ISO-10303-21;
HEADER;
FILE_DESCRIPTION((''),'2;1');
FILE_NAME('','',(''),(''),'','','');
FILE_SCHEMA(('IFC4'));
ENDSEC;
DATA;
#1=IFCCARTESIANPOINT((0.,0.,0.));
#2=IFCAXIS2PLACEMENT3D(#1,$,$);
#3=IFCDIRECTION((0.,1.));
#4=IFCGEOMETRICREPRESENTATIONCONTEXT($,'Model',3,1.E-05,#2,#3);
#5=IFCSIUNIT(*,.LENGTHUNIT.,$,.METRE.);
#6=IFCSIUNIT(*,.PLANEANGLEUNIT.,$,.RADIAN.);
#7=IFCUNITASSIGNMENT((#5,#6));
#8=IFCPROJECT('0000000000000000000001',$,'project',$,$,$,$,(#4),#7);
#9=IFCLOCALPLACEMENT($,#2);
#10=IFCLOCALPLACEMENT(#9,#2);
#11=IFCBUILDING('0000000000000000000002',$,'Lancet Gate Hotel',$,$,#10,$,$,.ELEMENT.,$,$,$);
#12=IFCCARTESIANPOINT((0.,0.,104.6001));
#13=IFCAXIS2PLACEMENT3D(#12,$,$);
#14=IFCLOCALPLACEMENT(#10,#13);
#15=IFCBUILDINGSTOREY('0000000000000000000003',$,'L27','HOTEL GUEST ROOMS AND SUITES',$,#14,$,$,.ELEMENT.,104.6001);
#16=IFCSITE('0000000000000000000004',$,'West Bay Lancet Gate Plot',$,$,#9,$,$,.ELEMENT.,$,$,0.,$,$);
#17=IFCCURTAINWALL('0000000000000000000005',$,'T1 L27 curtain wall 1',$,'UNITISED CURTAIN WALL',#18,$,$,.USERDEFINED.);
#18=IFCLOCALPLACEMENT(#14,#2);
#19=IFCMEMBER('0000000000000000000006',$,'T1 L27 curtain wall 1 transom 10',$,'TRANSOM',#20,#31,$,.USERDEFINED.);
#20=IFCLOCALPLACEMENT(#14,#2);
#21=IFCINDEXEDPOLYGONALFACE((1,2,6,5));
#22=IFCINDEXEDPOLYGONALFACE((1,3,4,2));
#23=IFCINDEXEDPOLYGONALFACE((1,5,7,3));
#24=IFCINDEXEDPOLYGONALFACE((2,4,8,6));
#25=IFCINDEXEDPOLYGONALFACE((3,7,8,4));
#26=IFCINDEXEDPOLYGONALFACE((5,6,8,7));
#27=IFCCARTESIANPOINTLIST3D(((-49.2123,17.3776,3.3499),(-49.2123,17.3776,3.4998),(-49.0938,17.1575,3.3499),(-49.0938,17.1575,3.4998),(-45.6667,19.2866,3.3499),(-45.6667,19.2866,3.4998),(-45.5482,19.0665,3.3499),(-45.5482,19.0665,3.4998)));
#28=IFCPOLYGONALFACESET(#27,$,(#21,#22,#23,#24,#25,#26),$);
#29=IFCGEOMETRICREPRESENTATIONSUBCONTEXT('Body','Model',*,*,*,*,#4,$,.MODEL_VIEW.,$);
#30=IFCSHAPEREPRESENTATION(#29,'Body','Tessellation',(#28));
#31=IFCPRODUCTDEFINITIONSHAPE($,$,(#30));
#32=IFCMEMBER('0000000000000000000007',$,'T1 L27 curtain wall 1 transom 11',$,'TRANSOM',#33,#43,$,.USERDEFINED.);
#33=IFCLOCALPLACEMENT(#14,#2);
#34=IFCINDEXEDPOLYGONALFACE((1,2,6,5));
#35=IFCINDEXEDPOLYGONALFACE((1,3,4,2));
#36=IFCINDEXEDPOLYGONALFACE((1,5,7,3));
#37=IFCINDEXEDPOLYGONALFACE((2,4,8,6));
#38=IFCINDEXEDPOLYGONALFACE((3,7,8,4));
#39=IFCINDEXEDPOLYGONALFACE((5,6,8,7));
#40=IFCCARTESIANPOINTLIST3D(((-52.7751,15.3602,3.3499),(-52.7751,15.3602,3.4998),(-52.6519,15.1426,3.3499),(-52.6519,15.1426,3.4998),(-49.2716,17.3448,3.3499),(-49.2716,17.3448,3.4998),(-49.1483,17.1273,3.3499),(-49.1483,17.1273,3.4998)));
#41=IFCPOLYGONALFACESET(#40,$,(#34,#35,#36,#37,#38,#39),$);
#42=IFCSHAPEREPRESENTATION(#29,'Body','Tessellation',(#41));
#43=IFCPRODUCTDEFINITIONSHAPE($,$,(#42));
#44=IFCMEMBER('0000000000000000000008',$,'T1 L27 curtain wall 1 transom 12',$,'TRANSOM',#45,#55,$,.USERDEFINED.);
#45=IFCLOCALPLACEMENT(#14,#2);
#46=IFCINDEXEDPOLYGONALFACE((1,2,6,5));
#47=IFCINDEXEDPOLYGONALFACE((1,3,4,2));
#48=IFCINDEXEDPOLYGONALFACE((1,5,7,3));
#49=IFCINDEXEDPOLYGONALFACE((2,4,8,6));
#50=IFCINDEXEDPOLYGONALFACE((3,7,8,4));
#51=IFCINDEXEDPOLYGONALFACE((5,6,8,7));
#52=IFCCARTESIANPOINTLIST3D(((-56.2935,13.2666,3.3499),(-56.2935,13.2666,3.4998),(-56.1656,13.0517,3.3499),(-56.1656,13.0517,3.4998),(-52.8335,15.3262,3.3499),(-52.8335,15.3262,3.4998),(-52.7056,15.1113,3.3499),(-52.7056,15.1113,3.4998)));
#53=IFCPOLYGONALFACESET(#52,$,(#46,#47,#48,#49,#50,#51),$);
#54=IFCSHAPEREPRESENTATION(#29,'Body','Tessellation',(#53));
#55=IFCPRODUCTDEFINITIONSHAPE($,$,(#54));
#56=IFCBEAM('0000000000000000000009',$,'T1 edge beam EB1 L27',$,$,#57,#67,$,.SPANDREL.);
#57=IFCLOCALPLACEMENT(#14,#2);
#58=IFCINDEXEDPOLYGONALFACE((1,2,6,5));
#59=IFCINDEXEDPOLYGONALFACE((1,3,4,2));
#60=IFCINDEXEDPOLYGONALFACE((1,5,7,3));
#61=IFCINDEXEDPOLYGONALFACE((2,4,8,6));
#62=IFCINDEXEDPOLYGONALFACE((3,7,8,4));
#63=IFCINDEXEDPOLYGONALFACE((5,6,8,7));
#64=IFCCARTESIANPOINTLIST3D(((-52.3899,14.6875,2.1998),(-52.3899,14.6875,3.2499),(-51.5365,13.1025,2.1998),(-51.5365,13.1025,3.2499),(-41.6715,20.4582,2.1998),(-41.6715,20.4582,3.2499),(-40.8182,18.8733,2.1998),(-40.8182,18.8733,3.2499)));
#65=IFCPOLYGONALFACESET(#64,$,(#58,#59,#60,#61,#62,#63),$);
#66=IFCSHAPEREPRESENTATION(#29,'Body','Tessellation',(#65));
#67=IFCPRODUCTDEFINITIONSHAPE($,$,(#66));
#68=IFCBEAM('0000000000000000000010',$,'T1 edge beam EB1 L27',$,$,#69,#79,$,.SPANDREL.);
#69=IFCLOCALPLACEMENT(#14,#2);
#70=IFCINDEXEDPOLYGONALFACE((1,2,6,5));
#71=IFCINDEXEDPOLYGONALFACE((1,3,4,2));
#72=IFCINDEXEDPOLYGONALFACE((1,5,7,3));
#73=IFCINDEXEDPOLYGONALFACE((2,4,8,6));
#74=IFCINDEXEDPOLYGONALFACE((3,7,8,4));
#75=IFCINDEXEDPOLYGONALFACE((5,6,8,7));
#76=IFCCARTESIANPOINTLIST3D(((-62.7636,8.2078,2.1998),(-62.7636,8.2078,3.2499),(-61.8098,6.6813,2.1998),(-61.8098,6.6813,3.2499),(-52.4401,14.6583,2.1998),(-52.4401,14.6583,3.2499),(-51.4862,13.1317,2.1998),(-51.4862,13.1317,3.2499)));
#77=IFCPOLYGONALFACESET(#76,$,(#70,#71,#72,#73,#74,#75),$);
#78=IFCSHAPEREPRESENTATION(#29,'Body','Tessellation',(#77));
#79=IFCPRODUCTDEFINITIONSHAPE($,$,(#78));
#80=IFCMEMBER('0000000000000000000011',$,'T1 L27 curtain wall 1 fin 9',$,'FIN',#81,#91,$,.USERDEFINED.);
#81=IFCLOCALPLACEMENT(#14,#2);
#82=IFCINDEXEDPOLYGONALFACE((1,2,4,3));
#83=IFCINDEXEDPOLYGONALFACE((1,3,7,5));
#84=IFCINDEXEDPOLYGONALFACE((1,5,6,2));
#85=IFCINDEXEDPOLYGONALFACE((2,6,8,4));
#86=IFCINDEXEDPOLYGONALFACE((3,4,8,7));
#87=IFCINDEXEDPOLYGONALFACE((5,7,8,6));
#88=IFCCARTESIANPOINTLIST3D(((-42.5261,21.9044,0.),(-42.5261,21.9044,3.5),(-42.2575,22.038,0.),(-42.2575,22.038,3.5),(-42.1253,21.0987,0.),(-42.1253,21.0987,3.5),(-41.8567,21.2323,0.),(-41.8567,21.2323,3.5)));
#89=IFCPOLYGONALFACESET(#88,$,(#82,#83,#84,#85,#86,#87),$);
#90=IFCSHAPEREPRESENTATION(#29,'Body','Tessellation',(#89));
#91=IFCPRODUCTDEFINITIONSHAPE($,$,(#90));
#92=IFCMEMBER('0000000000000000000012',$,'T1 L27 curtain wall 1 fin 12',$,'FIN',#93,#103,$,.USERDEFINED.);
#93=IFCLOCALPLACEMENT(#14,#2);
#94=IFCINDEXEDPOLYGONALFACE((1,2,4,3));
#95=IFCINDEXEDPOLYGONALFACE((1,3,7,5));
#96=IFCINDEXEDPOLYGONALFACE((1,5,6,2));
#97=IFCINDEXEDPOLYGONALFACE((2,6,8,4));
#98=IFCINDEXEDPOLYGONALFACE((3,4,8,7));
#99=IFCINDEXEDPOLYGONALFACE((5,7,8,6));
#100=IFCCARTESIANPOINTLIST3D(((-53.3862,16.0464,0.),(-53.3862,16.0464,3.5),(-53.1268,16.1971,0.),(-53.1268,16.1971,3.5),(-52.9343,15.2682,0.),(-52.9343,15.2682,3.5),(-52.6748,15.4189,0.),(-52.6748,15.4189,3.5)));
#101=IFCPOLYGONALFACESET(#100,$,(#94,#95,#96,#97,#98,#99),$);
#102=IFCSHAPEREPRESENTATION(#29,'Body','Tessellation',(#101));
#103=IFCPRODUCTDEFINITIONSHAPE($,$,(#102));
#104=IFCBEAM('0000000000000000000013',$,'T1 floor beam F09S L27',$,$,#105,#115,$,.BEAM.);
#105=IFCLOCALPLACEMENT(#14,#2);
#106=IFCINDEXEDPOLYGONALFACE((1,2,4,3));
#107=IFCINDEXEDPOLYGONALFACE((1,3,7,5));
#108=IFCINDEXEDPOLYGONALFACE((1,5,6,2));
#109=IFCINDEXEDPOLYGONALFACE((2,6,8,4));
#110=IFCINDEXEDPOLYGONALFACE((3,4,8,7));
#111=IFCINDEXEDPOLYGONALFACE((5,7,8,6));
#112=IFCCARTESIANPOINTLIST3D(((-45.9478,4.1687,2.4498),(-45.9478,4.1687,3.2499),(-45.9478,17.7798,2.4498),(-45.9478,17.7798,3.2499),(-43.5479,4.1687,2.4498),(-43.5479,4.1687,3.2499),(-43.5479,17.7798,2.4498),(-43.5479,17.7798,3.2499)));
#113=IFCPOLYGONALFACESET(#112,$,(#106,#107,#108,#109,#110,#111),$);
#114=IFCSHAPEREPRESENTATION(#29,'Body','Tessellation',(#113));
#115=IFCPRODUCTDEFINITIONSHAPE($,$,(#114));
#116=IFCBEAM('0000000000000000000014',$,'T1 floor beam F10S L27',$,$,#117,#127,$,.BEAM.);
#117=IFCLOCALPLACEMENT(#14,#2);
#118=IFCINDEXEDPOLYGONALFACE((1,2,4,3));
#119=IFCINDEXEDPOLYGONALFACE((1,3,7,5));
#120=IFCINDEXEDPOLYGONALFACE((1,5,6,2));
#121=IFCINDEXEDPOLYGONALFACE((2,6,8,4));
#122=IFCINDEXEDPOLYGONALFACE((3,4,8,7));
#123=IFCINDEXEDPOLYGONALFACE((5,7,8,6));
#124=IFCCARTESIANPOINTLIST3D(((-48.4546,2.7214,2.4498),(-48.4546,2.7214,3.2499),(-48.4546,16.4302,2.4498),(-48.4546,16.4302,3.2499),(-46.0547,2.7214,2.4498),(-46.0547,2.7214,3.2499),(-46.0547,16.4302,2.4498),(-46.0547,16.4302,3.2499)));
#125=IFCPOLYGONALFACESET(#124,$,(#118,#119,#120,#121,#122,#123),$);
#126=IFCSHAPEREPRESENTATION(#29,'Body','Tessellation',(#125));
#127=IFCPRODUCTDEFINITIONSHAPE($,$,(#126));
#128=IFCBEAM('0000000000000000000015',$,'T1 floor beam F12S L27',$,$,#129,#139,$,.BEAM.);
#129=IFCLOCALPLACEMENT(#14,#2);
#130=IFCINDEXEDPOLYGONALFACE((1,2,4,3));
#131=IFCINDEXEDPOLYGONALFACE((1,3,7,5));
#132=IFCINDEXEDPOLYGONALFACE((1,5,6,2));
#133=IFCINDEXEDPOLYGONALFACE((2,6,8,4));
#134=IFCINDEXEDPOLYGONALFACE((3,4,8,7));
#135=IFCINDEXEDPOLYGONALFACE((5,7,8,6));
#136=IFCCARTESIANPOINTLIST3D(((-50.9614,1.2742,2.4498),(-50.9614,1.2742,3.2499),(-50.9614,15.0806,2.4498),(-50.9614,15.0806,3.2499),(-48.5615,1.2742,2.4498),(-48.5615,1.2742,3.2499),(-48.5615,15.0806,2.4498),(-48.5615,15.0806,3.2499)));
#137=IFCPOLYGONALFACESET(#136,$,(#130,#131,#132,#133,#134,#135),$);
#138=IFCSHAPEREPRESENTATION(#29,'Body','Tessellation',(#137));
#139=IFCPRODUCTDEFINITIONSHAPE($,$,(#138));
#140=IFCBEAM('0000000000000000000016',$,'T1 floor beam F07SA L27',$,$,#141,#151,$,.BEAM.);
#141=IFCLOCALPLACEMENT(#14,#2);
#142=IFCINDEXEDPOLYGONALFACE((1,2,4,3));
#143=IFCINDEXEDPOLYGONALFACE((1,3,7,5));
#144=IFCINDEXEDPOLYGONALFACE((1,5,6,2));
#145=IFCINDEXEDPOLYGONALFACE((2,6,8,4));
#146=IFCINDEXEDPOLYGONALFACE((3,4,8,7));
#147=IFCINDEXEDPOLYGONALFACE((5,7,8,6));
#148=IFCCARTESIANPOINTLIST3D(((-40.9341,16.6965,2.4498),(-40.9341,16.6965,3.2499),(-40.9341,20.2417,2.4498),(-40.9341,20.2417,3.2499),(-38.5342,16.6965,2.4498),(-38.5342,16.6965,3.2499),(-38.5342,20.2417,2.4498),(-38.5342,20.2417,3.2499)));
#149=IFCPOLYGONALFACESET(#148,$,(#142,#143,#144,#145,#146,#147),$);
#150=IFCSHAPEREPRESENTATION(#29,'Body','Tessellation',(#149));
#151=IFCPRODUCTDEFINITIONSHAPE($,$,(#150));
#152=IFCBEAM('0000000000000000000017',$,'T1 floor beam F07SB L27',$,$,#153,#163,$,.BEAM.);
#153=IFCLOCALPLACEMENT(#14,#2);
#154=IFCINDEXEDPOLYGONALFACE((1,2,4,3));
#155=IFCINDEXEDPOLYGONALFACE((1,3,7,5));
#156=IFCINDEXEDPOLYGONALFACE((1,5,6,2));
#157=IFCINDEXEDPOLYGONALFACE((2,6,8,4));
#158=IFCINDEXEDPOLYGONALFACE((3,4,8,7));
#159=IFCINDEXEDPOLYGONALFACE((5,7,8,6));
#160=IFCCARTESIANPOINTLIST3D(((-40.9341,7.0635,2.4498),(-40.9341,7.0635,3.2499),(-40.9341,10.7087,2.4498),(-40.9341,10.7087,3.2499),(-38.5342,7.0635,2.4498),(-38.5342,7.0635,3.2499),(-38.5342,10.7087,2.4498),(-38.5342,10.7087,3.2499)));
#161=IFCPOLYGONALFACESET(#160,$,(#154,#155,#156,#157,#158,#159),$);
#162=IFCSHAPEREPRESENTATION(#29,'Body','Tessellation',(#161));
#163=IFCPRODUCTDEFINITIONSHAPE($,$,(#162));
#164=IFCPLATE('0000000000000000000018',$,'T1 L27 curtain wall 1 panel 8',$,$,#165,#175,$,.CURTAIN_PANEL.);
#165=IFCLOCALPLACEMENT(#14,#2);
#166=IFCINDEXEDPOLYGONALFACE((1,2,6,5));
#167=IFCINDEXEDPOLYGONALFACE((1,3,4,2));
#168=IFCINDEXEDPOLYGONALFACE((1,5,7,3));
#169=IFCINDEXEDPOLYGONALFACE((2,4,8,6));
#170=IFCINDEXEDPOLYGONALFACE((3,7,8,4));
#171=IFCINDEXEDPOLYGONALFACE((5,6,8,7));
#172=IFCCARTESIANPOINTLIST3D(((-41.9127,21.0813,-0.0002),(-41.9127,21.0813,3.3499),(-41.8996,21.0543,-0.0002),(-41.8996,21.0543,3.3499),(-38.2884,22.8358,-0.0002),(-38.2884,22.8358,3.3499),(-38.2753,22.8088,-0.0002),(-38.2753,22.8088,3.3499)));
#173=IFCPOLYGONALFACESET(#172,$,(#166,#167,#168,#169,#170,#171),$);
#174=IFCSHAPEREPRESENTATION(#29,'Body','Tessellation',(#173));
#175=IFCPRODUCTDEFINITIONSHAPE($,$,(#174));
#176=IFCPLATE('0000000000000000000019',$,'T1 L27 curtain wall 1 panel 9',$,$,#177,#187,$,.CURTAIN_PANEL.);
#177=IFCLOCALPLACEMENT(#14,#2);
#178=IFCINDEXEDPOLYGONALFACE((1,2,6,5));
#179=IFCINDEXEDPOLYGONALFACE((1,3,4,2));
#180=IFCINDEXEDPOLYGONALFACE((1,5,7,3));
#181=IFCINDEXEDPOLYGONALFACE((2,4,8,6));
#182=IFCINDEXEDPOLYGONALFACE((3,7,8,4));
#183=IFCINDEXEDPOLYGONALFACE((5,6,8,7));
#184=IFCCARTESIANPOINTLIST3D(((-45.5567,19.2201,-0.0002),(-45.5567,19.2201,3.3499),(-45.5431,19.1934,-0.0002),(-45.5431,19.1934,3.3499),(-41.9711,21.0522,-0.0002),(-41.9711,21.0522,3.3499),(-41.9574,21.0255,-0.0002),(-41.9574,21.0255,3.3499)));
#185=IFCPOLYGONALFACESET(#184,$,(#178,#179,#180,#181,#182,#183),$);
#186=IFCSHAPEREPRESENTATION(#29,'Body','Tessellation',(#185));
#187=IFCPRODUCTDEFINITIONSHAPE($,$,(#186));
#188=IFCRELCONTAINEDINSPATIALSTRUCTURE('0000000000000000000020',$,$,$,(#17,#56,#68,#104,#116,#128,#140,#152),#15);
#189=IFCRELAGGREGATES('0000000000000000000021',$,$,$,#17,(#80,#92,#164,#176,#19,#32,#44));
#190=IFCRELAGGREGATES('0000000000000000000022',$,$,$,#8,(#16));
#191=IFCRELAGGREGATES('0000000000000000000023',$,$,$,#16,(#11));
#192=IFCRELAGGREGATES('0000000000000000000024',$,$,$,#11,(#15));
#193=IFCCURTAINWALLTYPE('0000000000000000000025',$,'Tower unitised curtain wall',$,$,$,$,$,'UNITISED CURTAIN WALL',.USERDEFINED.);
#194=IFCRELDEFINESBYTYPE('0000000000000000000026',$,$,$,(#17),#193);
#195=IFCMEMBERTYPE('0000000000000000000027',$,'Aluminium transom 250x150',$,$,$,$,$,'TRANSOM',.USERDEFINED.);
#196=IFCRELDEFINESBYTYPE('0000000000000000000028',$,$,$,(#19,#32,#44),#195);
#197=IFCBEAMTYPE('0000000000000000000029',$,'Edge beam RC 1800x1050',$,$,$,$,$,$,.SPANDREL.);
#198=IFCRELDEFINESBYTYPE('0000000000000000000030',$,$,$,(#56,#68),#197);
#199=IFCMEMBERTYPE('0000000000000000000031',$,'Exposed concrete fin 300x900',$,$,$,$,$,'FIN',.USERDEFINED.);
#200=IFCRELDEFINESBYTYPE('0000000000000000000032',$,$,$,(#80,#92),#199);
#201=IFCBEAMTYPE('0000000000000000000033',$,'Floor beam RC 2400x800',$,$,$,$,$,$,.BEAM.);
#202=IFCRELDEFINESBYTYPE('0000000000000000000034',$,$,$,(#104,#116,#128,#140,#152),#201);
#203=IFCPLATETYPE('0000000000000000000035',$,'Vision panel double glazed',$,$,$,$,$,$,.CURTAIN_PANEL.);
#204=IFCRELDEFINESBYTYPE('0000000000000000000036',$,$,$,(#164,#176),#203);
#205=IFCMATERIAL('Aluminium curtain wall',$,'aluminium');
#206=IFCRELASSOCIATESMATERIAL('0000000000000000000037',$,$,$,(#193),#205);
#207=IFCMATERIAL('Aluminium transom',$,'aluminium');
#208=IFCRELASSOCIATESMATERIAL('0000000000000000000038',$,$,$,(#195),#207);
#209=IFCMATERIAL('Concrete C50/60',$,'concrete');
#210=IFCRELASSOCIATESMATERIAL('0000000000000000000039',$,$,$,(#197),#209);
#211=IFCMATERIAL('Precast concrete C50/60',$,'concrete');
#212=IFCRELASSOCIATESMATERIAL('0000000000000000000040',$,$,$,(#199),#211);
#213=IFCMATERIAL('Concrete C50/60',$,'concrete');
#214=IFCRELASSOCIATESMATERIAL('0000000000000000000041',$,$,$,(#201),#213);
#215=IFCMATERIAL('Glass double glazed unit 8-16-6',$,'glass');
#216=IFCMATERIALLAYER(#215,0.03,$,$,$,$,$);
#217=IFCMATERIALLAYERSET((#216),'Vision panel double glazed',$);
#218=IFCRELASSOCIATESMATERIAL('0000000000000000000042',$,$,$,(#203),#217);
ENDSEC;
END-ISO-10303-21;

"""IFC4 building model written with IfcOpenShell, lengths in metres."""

from ifc_helpers import new_model, si_unit, direction, frame, origin, origin_2d, place, context, subcontext, project, spatial, rectangle, extrude, material, layer, layer_set, material_profile, profile_set, type_object, element, aggregate, save


model = new_model("IFC4")

# Units and contexts
model_context = context("Model", 3, precision=1e-05, world=origin(), true_north=direction((0.0, 1.0)))
body_context = subcontext(model_context, "Body", "Model", "MODEL_VIEW")
ifc_project = project(units=[si_unit("LENGTHUNIT", "METRE"), si_unit("PLANEANGLEUNIT", "RADIAN")], contexts=[model_context])

# Site, building, storey
site_placement = place(None, origin())
site = spatial("IfcSite", under=ifc_project, at=site_placement, Name="West Bay Lancet Gate Plot", CompositionType="ELEMENT", RefElevation=0.0)
building_placement = place(site_placement, origin())
building = spatial("IfcBuilding", under=site, at=building_placement, Name="Lancet Gate Hotel", CompositionType="ELEMENT")
storey_placement = place(building_placement, frame((0.0, 0.0, 104.6001)))
storey = spatial("IfcBuildingStorey", under=building, at=storey_placement, Name="L27", Description="HOTEL GUEST ROOMS AND SUITES", CompositionType="ELEMENT", Elevation=104.6001)

# Curtain wall, members
ifc_material_1 = material(Name="Aluminium curtain wall", Category="aluminium")
curtain_wall_type = type_object("IfcCurtainWallType", Name="Tower unitised curtain wall", ElementType="UNITISED CURTAIN WALL", PredefinedType="USERDEFINED", material=ifc_material_1)
curtain_wall_placement = place(storey_placement, origin())
curtain_wall = element("IfcCurtainWall", 1, at=curtain_wall_placement, inside=storey, type_object=curtain_wall_type, Name="T1 L27 curtain wall 1", ObjectType="UNITISED CURTAIN WALL", PredefinedType="USERDEFINED")
ifc_material_2 = material(Name="Aluminium transom", Category="aluminium")
ifc_material_profile_1 = material_profile(ifc_material_2, rectangle(XDim=0.25, YDim=0.1499, at=origin_2d()), Name="TRANSOM 250x150")
ifc_profile_set_1 = profile_set([ifc_material_profile_1], Name="Aluminium transom")
member_type_1 = type_object("IfcMemberType", Name="Aluminium transom 250x150", ElementType="TRANSOM", PredefinedType="USERDEFINED", material=ifc_profile_set_1)
member_1_placement = place(storey_placement, frame((-45.6074, 19.1765, 3.4248), z_axis=(-0.880498, -0.474049, 0.0), x_axis=(0.474049, -0.880498, 0.0)))
member_1 = element("IfcMember", 2, at=member_1_placement, type_object=member_type_1, Name="T1 L27 curtain wall 1 transom 10", ObjectType="TRANSOM", PredefinedType="USERDEFINED", context=body_context, shape_type="SweptSolid", body=[
    extrude(rectangle(XDim=0.25, YDim=0.1499, at=origin_2d()), origin(), (0.0, 0.0, 1.0), 4.0269),
])
member_2_placement = place(storey_placement, frame((-49.21, 17.2361, 3.4248), z_axis=(-0.870092, -0.49289, 0.0), x_axis=(0.49289, -0.870092, 0.0)))
member_2 = element("IfcMember", 3, at=member_2_placement, type_object=member_type_1, Name="T1 L27 curtain wall 1 transom 11", ObjectType="TRANSOM", PredefinedType="USERDEFINED", context=body_context, shape_type="SweptSolid", body=[
    extrude(rectangle(XDim=0.25, YDim=0.1499, at=origin_2d()), origin(), (0.0, 0.0, 1.0), 4.0266),
])
member_3_placement = place(storey_placement, frame((-52.7695, 15.2188, 3.4248), z_axis=(-0.859285, -0.511497, 0.0), x_axis=(0.511497, -0.859285, 0.0)))
member_3 = element("IfcMember", 4, at=member_3_placement, type_object=member_type_1, Name="T1 L27 curtain wall 1 transom 12", ObjectType="TRANSOM", PredefinedType="USERDEFINED", context=body_context, shape_type="SweptSolid", body=[
    extrude(rectangle(XDim=0.25, YDim=0.1499, at=origin_2d()), origin(), (0.0, 0.0, 1.0), 4.0266),
])

# Beams
ifc_material_3 = material(Name="Concrete C50/60", Category="concrete")
ifc_material_profile_2 = material_profile(ifc_material_3, rectangle(XDim=1.8, YDim=1.05, at=origin_2d()), Name="RC 1800x1050")
ifc_profile_set_2 = profile_set([ifc_material_profile_2], Name="Concrete C50/60")
beam_type_1 = type_object("IfcBeamType", Name="Edge beam RC 1800x1050", PredefinedType="SPANDREL", material=ifc_profile_set_2)
for number, where, z_axis, x_axis, name in (
    (5, (-41.2449, 19.6658, 2.7249), (-0.880492, -0.47406, 0.0), (0.47406, -0.880492, 0.0), "T1 edge beam EB1 L27"),
    (6, (-51.9631, 13.895, 2.7249), (-0.848063, -0.529896, 0.0), (0.529896, -0.848063, 0.0), "T1 edge beam EB1 L27"),
):
    element("IfcBeam", number, at=place(storey_placement, frame(where, z_axis=z_axis, x_axis=x_axis)), inside=storey, type_object=beam_type_1, Name=name, PredefinedType="SPANDREL", context=body_context, shape_type="SweptSolid", body=[
        extrude(rectangle(XDim=1.8, YDim=1.05, at=origin_2d()), origin(), (0.0, 0.0, 1.0), 12.1731),
    ])

# Members
ifc_material_4 = material(Name="Precast concrete C50/60", Category="concrete")
ifc_material_profile_3 = material_profile(ifc_material_4, rectangle(XDim=0.3, YDim=0.8999, at=origin_2d()), Name="FIN 300x900")
ifc_profile_set_3 = profile_set([ifc_material_profile_3], Name="Precast concrete C50/60")
member_type_2 = type_object("IfcMemberType", Name="Exposed concrete fin 300x900", ElementType="FIN", PredefinedType="USERDEFINED", material=ifc_profile_set_3)
member_4_placement = place(storey_placement, frame((-42.1914, 21.5684, 0.0), z_axis=(0.0, 0.0, 1.0), x_axis=(-0.895339, -0.445384, 0.0)))
member_4 = element("IfcMember", 7, at=member_4_placement, type_object=member_type_2, Name="T1 L27 curtain wall 1 fin 9", ObjectType="FIN", PredefinedType="USERDEFINED", context=body_context, shape_type="SweptSolid", body=[
    extrude(rectangle(XDim=0.3, YDim=0.8999, at=origin_2d()), origin(), (0.0, 0.0, 1.0), 3.5),
])
member_5_placement = place(storey_placement, frame((-53.0305, 15.7327, 0.0), z_axis=(0.0, 0.0, 1.0), x_axis=(-0.864728, -0.502241, 0.0)))
member_5 = element("IfcMember", 8, at=member_5_placement, type_object=member_type_2, Name="T1 L27 curtain wall 1 fin 12", ObjectType="FIN", PredefinedType="USERDEFINED", context=body_context, shape_type="SweptSolid", body=[
    extrude(rectangle(XDim=0.3, YDim=0.8999, at=origin_2d()), origin(), (0.0, 0.0, 1.0), 3.5),
])

# Beams
ifc_material_5 = material(Name="Concrete C50/60", Category="concrete")
ifc_material_profile_4 = material_profile(ifc_material_5, rectangle(XDim=2.3999, YDim=0.8, at=origin_2d()), Name="RC 2400x800")
ifc_profile_set_4 = profile_set([ifc_material_profile_4], Name="Concrete C50/60")
beam_type_2 = type_object("IfcBeamType", Name="Floor beam RC 2400x800", PredefinedType="BEAM", material=ifc_profile_set_4)
beam_1_placement = place(storey_placement, frame((-44.7478, 17.7798, 2.8499), z_axis=(0.0, -1.0, 0.0), x_axis=(1.0, 0.0, 0.0)))
element("IfcBeam", 9, at=beam_1_placement, inside=storey, type_object=beam_type_2, Name="T1 floor beam F09S L27", PredefinedType="BEAM", context=body_context, shape_type="SweptSolid", body=[
    extrude(rectangle(XDim=2.3999, YDim=0.8, at=origin_2d()), origin(), (0.0, 0.0, 1.0), 13.6111),
])
beam_2_placement = place(storey_placement, frame((-47.2546, 16.4302, 2.8499), z_axis=(0.0, -1.0, 0.0), x_axis=(1.0, 0.0, 0.0)))
element("IfcBeam", 10, at=beam_2_placement, inside=storey, type_object=beam_type_2, Name="T1 floor beam F10S L27", PredefinedType="BEAM", context=body_context, shape_type="SweptSolid", body=[
    extrude(rectangle(XDim=2.3999, YDim=0.8, at=origin_2d()), origin(), (0.0, 0.0, 1.0), 13.7087),
])
beam_3_placement = place(storey_placement, frame((-49.7615, 15.0806, 2.8499), z_axis=(0.0, -1.0, 0.0), x_axis=(1.0, 0.0, 0.0)))
element("IfcBeam", 11, at=beam_3_placement, inside=storey, type_object=beam_type_2, Name="T1 floor beam F12S L27", PredefinedType="BEAM", context=body_context, shape_type="SweptSolid", body=[
    extrude(rectangle(XDim=2.3999, YDim=0.8, at=origin_2d()), origin(), (0.0, 0.0, 1.0), 13.8064),
])
beam_4_placement = place(storey_placement, frame((-39.7341, 20.2417, 2.8499), z_axis=(0.0, -1.0, 0.0), x_axis=(1.0, 0.0, 0.0)))
element("IfcBeam", 12, at=beam_4_placement, inside=storey, type_object=beam_type_2, Name="T1 floor beam F07SA L27", PredefinedType="BEAM", context=body_context, shape_type="SweptSolid", body=[
    extrude(rectangle(XDim=2.3999, YDim=0.8, at=origin_2d()), origin(), (0.0, 0.0, 1.0), 3.5452),
])
beam_5_placement = place(storey_placement, frame((-39.7341, 10.7087, 2.8499), z_axis=(0.0, -1.0, 0.0), x_axis=(1.0, 0.0, 0.0)))
element("IfcBeam", 13, at=beam_5_placement, inside=storey, type_object=beam_type_2, Name="T1 floor beam F07SB L27", PredefinedType="BEAM", context=body_context, shape_type="SweptSolid", body=[
    extrude(rectangle(XDim=2.3999, YDim=0.8, at=origin_2d()), origin(), (0.0, 0.0, 1.0), 3.6453),
])

# Plates
ifc_material_6 = material(Name="Glass double glazed unit 8-16-6", Category="glass")
ifc_layer_1 = layer(ifc_material_6, 0.03)
ifc_layer_set_1 = layer_set([ifc_layer_1], Name="Vision panel double glazed")
plate_type = type_object("IfcPlateType", Name="Vision panel double glazed", PredefinedType="CURTAIN_PANEL", material=ifc_layer_set_1)
plate_1_placement = place(storey_placement, frame((-40.094, 21.9451, -0.0002), z_axis=(0.0, 0.0, 1.0), x_axis=(-0.900082, -0.435721, 0.0)))
plate_1 = element("IfcPlate", 14, at=plate_1_placement, type_object=plate_type, Name="T1 L27 curtain wall 1 panel 8", PredefinedType="CURTAIN_PANEL", context=body_context, shape_type="SweptSolid", body=[
    extrude(rectangle(XDim=4.0266, YDim=0.03, at=origin_2d()), origin(), (0.0, 0.0, 1.0), 3.3501),
])
plate_2_placement = place(storey_placement, frame((-43.7571, 20.1228, -0.0002), z_axis=(0.0, 0.0, 1.0), x_axis=(-0.890493, -0.454996, 0.0)))
plate_2 = element("IfcPlate", 15, at=plate_2_placement, type_object=plate_type, Name="T1 L27 curtain wall 1 panel 9", PredefinedType="CURTAIN_PANEL", context=body_context, shape_type="SweptSolid", body=[
    extrude(rectangle(XDim=4.0266, YDim=0.03, at=origin_2d()), origin(), (0.0, 0.0, 1.0), 3.3501),
])
aggregate(curtain_wall, [member_4, member_5, plate_1, plate_2, member_1, member_2, member_3])

save(model, "model.ifc")
